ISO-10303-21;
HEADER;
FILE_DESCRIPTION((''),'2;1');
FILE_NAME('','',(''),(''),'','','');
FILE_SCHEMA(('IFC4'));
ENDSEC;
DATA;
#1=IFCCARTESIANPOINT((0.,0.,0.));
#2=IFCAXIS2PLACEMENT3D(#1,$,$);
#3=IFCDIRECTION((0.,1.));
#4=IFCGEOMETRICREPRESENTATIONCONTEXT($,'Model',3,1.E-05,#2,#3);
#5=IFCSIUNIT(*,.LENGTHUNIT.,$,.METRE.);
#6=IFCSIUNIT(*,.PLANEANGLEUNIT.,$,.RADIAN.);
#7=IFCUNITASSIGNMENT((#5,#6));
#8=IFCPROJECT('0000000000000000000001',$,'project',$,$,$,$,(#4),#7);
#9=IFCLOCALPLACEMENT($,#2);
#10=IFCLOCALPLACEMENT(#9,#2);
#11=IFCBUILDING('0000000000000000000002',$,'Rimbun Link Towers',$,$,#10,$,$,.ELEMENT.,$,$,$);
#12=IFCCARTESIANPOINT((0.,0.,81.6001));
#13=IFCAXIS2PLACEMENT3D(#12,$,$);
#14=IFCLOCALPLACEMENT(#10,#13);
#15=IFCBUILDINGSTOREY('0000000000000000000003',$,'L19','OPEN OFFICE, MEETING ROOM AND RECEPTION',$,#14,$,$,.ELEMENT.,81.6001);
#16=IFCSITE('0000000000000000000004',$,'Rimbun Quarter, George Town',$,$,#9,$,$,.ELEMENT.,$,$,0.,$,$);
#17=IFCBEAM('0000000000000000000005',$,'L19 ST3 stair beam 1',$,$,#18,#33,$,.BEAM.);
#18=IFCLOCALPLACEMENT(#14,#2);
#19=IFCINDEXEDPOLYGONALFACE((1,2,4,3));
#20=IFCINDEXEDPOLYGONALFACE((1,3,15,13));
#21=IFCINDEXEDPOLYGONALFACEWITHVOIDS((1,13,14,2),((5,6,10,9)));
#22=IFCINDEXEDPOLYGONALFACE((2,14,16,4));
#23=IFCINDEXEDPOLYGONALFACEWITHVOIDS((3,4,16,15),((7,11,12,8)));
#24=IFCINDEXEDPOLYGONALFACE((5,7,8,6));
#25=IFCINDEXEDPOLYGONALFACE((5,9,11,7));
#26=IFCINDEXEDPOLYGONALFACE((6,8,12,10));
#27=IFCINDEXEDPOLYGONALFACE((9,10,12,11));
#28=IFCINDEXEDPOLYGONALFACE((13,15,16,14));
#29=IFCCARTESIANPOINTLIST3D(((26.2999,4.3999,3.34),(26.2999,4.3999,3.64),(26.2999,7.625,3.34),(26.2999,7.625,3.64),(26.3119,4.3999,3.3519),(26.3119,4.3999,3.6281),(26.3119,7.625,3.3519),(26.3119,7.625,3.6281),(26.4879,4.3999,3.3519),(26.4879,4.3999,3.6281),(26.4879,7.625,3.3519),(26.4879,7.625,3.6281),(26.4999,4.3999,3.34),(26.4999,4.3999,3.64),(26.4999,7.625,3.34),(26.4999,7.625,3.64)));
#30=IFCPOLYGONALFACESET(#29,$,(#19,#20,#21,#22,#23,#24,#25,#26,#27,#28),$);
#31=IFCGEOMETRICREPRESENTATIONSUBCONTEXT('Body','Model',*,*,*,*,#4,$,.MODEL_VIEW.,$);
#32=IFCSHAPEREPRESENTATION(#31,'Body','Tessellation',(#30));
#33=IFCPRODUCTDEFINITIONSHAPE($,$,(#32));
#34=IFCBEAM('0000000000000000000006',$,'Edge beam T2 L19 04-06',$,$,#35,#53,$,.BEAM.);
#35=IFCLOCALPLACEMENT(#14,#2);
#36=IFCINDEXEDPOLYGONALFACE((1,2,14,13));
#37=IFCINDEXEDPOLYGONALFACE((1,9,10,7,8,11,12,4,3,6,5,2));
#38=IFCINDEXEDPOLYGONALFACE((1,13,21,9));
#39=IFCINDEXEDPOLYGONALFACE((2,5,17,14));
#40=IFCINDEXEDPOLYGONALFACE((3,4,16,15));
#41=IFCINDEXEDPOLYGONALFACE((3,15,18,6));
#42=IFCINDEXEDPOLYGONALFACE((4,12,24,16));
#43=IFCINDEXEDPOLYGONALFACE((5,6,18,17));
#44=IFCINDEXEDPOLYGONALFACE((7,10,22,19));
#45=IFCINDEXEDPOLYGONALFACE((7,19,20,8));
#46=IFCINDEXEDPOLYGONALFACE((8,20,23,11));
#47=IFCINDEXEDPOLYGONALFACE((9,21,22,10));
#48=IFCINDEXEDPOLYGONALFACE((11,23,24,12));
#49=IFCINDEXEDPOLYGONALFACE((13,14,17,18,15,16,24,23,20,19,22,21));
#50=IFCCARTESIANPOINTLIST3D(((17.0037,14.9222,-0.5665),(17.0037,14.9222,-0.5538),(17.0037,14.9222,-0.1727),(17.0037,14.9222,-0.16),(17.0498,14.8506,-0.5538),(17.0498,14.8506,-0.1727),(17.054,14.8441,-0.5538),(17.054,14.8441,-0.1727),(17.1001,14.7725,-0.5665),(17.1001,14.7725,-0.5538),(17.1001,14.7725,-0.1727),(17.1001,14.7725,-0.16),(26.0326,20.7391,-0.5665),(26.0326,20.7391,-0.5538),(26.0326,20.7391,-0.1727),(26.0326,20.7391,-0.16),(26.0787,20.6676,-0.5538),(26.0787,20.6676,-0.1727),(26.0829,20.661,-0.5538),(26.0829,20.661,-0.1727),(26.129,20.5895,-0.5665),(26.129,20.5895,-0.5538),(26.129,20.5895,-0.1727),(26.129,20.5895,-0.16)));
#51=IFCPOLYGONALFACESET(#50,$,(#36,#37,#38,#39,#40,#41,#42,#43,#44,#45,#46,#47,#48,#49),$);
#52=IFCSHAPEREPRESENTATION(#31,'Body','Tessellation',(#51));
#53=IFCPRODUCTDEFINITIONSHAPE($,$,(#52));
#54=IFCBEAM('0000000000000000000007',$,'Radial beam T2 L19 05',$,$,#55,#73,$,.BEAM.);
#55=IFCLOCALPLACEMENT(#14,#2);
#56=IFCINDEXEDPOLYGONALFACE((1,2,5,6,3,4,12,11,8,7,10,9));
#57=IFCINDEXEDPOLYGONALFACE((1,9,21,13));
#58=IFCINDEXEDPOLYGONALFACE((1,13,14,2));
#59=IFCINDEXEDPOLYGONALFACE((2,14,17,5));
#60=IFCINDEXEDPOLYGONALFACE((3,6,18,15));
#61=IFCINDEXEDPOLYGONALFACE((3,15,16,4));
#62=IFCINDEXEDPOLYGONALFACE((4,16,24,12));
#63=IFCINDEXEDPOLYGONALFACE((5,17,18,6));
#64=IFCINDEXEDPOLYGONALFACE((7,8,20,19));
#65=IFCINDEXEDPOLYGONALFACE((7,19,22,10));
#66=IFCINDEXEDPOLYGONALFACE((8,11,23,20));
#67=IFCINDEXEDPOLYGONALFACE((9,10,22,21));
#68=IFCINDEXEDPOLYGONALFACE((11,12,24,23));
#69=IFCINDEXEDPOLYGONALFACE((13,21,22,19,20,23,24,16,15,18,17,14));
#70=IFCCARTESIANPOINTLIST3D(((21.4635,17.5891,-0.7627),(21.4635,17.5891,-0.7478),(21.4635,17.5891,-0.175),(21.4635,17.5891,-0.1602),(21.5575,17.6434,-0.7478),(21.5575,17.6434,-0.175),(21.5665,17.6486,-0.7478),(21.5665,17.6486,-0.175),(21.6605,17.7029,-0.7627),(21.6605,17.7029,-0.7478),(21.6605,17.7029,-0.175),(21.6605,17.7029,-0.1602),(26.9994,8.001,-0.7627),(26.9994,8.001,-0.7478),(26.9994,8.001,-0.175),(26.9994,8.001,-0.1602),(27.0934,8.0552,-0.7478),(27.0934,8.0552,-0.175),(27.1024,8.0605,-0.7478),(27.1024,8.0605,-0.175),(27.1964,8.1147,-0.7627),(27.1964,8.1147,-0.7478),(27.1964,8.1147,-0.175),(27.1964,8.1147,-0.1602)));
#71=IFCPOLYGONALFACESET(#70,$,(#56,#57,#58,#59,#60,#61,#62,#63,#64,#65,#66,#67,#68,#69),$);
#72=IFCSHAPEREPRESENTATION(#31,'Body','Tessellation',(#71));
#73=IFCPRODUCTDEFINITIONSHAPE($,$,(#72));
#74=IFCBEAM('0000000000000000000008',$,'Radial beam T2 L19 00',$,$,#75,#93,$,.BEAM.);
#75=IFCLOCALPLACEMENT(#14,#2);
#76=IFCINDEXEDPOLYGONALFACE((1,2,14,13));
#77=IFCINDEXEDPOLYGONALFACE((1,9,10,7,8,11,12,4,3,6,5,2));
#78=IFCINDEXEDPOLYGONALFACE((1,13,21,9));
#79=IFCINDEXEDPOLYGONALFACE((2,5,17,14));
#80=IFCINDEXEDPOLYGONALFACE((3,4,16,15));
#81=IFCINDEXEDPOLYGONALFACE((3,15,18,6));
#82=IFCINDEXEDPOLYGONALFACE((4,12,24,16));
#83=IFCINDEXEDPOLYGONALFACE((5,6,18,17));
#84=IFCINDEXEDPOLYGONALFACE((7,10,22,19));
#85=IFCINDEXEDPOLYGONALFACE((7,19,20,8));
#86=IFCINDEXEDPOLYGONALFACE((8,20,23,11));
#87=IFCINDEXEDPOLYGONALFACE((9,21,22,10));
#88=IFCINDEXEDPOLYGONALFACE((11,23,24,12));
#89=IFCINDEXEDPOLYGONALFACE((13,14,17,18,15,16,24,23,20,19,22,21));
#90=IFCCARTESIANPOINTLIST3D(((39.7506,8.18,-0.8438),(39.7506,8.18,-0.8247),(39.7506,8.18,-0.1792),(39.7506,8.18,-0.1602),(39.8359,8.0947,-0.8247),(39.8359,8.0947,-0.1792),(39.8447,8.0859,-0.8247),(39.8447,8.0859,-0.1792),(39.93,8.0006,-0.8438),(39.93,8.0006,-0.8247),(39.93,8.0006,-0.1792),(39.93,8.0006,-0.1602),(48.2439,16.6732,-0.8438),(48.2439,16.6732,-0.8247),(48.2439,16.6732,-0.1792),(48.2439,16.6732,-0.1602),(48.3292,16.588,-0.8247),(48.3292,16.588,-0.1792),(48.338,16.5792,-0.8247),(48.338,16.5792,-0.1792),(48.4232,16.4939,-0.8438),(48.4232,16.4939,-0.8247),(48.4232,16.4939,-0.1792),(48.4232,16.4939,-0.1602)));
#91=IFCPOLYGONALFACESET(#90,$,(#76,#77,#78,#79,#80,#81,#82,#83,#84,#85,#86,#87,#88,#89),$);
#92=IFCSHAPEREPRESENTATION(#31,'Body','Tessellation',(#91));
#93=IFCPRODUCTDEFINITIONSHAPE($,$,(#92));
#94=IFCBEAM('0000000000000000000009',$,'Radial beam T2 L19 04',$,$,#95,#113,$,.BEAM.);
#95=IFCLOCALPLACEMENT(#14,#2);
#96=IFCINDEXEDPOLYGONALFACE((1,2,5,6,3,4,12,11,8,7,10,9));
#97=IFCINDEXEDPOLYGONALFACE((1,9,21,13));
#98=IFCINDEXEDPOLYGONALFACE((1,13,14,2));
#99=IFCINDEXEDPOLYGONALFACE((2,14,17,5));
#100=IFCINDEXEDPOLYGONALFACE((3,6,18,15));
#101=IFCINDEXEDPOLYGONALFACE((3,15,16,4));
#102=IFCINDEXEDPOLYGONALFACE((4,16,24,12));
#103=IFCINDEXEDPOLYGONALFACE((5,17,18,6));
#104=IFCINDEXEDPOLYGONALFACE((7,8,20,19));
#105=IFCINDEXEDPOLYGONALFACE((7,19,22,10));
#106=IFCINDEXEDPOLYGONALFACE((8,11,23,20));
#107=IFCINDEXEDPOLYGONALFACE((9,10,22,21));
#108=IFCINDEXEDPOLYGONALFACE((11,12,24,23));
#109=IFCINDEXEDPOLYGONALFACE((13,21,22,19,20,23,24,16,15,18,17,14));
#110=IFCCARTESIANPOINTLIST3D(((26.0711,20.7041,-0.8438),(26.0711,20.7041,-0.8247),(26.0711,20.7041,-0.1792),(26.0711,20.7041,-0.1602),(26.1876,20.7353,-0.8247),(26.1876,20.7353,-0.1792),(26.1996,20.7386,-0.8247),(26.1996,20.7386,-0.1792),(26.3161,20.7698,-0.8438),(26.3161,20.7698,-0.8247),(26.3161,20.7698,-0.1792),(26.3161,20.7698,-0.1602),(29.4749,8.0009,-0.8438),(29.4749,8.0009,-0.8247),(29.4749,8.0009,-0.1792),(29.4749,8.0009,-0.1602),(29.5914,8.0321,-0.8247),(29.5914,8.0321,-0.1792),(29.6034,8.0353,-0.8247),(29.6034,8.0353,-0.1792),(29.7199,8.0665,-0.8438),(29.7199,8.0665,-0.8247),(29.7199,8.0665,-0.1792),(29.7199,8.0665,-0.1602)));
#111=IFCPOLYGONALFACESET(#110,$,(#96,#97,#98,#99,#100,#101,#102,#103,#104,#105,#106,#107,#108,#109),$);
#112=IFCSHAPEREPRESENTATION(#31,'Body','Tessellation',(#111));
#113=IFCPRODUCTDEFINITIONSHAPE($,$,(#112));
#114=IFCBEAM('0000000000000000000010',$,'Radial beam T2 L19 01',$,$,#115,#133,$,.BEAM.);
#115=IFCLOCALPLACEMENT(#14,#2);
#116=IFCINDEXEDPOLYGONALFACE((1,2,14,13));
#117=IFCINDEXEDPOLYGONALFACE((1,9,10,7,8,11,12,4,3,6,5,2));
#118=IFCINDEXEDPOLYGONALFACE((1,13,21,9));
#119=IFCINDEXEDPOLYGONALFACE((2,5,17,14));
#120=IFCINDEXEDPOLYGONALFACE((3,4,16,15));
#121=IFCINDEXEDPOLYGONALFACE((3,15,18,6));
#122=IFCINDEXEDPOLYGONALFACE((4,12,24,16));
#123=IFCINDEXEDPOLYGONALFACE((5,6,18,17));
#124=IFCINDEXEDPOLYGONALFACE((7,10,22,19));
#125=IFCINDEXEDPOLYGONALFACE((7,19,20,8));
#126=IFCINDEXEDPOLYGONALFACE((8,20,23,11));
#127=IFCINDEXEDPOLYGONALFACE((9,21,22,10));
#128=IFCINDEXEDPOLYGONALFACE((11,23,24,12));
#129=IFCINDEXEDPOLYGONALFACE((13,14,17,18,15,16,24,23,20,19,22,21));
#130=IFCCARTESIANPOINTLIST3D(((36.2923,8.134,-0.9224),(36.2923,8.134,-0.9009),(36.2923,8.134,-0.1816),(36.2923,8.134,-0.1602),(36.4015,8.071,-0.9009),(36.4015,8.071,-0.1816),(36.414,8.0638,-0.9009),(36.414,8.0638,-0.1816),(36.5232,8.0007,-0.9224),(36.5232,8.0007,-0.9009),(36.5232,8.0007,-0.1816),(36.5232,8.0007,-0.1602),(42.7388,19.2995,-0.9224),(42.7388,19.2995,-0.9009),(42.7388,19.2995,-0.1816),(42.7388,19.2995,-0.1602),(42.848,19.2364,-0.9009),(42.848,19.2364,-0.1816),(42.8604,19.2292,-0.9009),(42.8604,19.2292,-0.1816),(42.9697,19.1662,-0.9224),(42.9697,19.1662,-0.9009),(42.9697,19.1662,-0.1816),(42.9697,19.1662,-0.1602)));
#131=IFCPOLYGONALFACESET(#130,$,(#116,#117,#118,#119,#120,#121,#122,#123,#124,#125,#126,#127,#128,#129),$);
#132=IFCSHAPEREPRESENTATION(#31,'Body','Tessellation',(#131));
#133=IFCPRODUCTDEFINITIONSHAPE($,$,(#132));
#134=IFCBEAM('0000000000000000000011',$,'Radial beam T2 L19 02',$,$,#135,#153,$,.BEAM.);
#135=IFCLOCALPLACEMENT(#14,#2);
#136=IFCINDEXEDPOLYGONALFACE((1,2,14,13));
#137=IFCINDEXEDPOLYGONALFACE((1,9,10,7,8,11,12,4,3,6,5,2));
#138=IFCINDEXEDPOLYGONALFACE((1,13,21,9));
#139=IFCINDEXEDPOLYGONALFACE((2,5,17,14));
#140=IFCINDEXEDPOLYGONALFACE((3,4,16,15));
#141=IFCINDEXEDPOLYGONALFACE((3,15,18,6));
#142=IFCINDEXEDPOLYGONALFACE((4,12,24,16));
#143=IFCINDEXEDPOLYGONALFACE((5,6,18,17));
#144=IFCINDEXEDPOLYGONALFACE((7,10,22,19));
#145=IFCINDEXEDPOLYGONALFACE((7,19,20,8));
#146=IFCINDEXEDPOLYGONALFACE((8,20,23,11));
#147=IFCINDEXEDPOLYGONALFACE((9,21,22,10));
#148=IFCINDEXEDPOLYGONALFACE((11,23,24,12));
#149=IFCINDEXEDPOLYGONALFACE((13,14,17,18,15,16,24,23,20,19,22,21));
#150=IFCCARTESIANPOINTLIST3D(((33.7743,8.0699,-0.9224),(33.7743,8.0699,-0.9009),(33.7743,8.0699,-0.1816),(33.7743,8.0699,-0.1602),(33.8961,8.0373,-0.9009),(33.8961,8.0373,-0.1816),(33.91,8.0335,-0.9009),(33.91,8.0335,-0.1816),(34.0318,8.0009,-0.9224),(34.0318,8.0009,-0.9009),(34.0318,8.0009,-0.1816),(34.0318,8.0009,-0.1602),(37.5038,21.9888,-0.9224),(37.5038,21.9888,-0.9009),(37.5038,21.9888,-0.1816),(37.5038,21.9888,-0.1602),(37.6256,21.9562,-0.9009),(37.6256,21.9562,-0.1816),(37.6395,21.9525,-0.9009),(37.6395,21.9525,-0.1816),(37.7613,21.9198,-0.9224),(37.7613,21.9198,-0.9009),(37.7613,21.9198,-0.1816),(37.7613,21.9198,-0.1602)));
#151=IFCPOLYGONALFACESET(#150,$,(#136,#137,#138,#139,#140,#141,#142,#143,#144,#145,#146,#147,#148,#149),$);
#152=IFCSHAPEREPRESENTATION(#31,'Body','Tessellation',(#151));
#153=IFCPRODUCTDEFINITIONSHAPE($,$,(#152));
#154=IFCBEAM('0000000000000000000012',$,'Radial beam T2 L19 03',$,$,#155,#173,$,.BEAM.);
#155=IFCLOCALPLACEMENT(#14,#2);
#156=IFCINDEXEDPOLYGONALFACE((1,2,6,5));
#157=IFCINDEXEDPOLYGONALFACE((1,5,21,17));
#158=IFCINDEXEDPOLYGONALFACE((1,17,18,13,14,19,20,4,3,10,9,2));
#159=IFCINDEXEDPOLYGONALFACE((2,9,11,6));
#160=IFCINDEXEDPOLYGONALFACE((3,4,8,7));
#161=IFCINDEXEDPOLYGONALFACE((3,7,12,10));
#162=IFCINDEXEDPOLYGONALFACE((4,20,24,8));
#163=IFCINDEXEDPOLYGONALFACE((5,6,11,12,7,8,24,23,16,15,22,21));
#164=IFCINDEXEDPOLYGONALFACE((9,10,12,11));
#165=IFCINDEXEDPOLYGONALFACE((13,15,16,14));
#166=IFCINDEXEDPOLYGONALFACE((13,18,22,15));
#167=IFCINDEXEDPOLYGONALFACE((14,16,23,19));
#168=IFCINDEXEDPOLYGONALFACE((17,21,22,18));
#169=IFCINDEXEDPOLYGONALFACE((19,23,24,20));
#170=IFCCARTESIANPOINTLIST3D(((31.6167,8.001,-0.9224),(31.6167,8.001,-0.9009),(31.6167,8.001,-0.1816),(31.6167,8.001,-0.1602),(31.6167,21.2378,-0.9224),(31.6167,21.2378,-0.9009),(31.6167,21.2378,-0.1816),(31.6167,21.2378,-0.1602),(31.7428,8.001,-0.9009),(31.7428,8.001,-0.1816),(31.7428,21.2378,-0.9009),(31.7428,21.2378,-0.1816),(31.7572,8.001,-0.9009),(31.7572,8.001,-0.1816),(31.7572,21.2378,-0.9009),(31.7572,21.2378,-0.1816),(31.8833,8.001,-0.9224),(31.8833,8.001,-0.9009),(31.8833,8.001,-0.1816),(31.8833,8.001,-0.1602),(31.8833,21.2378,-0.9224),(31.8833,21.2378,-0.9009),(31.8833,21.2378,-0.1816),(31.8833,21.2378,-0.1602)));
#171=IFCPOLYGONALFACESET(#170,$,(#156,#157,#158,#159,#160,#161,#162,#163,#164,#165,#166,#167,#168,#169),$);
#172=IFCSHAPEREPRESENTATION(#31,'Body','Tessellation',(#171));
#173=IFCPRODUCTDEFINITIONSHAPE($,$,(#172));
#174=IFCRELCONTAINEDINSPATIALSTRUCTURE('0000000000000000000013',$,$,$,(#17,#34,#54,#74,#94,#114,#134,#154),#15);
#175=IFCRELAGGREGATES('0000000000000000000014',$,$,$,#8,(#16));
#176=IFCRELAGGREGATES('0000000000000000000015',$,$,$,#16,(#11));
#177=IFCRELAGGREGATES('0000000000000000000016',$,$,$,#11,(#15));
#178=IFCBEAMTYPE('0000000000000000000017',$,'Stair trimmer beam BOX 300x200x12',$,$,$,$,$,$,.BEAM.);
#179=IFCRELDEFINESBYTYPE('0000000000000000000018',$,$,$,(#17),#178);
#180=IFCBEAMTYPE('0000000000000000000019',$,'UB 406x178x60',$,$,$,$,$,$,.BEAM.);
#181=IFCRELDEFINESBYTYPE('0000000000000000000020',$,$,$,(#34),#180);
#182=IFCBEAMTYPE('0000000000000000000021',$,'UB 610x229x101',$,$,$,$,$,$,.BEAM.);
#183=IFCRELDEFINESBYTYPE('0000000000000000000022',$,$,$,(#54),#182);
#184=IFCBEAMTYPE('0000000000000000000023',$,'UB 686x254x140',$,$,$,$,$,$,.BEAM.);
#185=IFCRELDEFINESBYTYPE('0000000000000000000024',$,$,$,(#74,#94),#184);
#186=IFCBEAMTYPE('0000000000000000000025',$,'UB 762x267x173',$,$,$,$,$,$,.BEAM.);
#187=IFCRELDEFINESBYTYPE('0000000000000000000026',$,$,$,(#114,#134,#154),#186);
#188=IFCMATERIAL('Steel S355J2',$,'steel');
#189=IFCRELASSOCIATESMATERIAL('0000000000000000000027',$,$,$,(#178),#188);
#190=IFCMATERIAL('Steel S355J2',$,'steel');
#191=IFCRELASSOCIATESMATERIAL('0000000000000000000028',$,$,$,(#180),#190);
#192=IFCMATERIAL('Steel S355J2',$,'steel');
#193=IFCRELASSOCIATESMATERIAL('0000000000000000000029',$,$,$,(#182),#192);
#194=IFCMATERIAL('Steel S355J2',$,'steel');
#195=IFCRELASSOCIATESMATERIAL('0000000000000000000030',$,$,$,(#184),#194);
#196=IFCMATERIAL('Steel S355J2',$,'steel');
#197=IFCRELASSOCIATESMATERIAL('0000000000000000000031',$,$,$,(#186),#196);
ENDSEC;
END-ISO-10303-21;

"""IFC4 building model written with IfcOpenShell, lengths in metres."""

from ifc_helpers import new_model, si_unit, direction, frame, origin, origin_2d, place, context, subcontext, project, spatial, hollow_rectangle, i_section, extrude, material, material_profile, profile_set, type_object, element, save


model = new_model("IFC4")

# Units and contexts
model_context = context("Model", 3, precision=1e-05, world=origin(), true_north=direction((0.0, 1.0)))
body_context = subcontext(model_context, "Body", "Model", "MODEL_VIEW")
ifc_project = project(units=[si_unit("LENGTHUNIT", "METRE"), si_unit("PLANEANGLEUNIT", "RADIAN")], contexts=[model_context])

# Site, building, storey
site_placement = place(None, origin())
site = spatial("IfcSite", under=ifc_project, at=site_placement, Name="Rimbun Quarter, George Town", CompositionType="ELEMENT", RefElevation=0.0)
building_placement = place(site_placement, origin())
building = spatial("IfcBuilding", under=site, at=building_placement, Name="Rimbun Link Towers", CompositionType="ELEMENT")
storey_placement = place(building_placement, frame((0.0, 0.0, 81.6001)))
storey = spatial("IfcBuildingStorey", under=building, at=storey_placement, Name="L19", Description="OPEN OFFICE, MEETING ROOM AND RECEPTION", CompositionType="ELEMENT", Elevation=81.6001)

# Beams
ifc_material_1 = material(Name="Steel S355J2", Category="steel")
ifc_material_profile_1 = material_profile(ifc_material_1, hollow_rectangle(XDim=0.2, YDim=0.3, WallThickness=0.012, at=origin_2d()), Name="BOX 300x200x12")
ifc_profile_set_1 = profile_set([ifc_material_profile_1], Name="Steel S355J2")
beam_type_1 = type_object("IfcBeamType", Name="Stair trimmer beam BOX 300x200x12", PredefinedType="BEAM", material=ifc_profile_set_1)
beam_1_placement = place(storey_placement, frame((26.3999, 7.625, 3.49), z_axis=(0.0, -1.0, 0.0), x_axis=(1.0, 0.0, 0.0)))
element("IfcBeam", 1, at=beam_1_placement, inside=storey, type_object=beam_type_1, Name="L19 ST3 stair beam 1", PredefinedType="BEAM", context=body_context, shape_type="SweptSolid", body=[
    extrude(hollow_rectangle(XDim=0.2, YDim=0.3, WallThickness=0.012, at=origin_2d()), origin(), (0.0, 0.0, 1.0), 3.2251),
])
ifc_material_2 = material(Name="Steel S355J2", Category="steel")
ifc_material_profile_2 = material_profile(ifc_material_2, i_section(OverallWidth=0.178, OverallDepth=0.4065, WebThickness=0.0078, FlangeThickness=0.0127, at=origin_2d()), Name="UB 406x178x60")
ifc_profile_set_2 = profile_set([ifc_material_profile_2], Name="Steel S355J2")
beam_type_2 = type_object("IfcBeamType", Name="UB 406x178x60", PredefinedType="BEAM", material=ifc_profile_set_2)
beam_2_placement = place(storey_placement, frame((26.0808, 20.6643, -0.3633), z_axis=(-0.840642, -0.541591, 0.0), x_axis=(0.541591, -0.840642, 0.0)))
element("IfcBeam", 2, at=beam_2_placement, inside=storey, type_object=beam_type_2, Name="Edge beam T2 L19 04-06", PredefinedType="BEAM", context=body_context, shape_type="SweptSolid", body=[
    extrude(i_section(OverallWidth=0.178, OverallDepth=0.4065, WebThickness=0.0078, FlangeThickness=0.0127, at=origin_2d()), origin(), (0.0, 0.0, 1.0), 10.7405),
])
ifc_material_3 = material(Name="Steel S355J2", Category="steel")
ifc_material_profile_3 = material_profile(ifc_material_3, i_section(OverallWidth=0.2275, OverallDepth=0.6025, WebThickness=0.0105, FlangeThickness=0.0149, at=origin_2d()), Name="UB 610x229x101")
ifc_profile_set_3 = profile_set([ifc_material_profile_3], Name="Steel S355J2")
beam_type_3 = type_object("IfcBeamType", Name="UB 610x229x101", PredefinedType="BEAM", material=ifc_profile_set_3)
beam_3_placement = place(storey_placement, frame((27.0979, 8.0579, -0.4614), z_axis=(-0.500012, 0.866019, 0.0), x_axis=(-0.866019, -0.500012, 0.0)))
element("IfcBeam", 3, at=beam_3_placement, inside=storey, type_object=beam_type_3, Name="Radial beam T2 L19 05", PredefinedType="BEAM", context=body_context, shape_type="SweptSolid", body=[
    extrude(i_section(OverallWidth=0.2275, OverallDepth=0.6025, WebThickness=0.0105, FlangeThickness=0.0149, at=origin_2d()), origin(), (0.0, 0.0, 1.0), 11.0715),
])
ifc_material_4 = material(Name="Steel S355J2", Category="steel")
ifc_material_profile_4 = material_profile(ifc_material_4, i_section(OverallWidth=0.2537, OverallDepth=0.6836, WebThickness=0.0125, FlangeThickness=0.019, at=origin_2d()), Name="UB 686x254x140")
ifc_profile_set_4 = profile_set([ifc_material_profile_4], Name="Steel S355J2")
beam_type_4 = type_object("IfcBeamType", Name="UB 686x254x140", PredefinedType="BEAM", material=ifc_profile_set_4)
beam_4_placement = place(storey_placement, frame((39.8403, 8.0903, -0.502), z_axis=(0.707107, 0.707107, 0.0), x_axis=(-0.707107, 0.707107, 0.0)))
element("IfcBeam", 4, at=beam_4_placement, inside=storey, type_object=beam_type_4, Name="Radial beam T2 L19 00", PredefinedType="BEAM", context=body_context, shape_type="SweptSolid", body=[
    extrude(i_section(OverallWidth=0.2537, OverallDepth=0.6836, WebThickness=0.0125, FlangeThickness=0.019, at=origin_2d()), origin(), (0.0, 0.0, 1.0), 12.0112),
])
beam_5_placement = place(storey_placement, frame((29.5974, 8.0337, -0.502), z_axis=(-0.258816, 0.965927, 0.0), x_axis=(-0.965927, -0.258816, 0.0)))
element("IfcBeam", 5, at=beam_5_placement, inside=storey, type_object=beam_type_4, Name="Radial beam T2 L19 04", PredefinedType="BEAM", context=body_context, shape_type="SweptSolid", body=[
    extrude(i_section(OverallWidth=0.2537, OverallDepth=0.6836, WebThickness=0.0125, FlangeThickness=0.019, at=origin_2d()), origin(), (0.0, 0.0, 1.0), 13.1514),
])
ifc_material_5 = material(Name="Steel S355J2", Category="steel")
ifc_material_profile_5 = material_profile(ifc_material_5, i_section(OverallWidth=0.2666, OverallDepth=0.7622, WebThickness=0.0144, FlangeThickness=0.0215, at=origin_2d()), Name="UB 762x267x173")
ifc_profile_set_5 = profile_set([ifc_material_profile_5], Name="Steel S355J2")
beam_type_5 = type_object("IfcBeamType", Name="UB 762x267x173", PredefinedType="BEAM", material=ifc_profile_set_5)
beam_6_placement = place(storey_placement, frame((36.4077, 8.0674, -0.5413), z_axis=(0.500007, 0.866022, 0.0), x_axis=(-0.866022, 0.500007, 0.0)))
element("IfcBeam", 6, at=beam_6_placement, inside=storey, type_object=beam_type_5, Name="Radial beam T2 L19 01", PredefinedType="BEAM", context=body_context, shape_type="SweptSolid", body=[
    extrude(i_section(OverallWidth=0.2666, OverallDepth=0.7622, WebThickness=0.0144, FlangeThickness=0.0215, at=origin_2d()), origin(), (0.0, 0.0, 1.0), 12.8928),
])
beam_7_placement = place(storey_placement, frame((33.9031, 8.0354, -0.5413), z_axis=(0.258814, 0.965927, 0.0), x_axis=(-0.965927, 0.258814, 0.0)))
element("IfcBeam", 7, at=beam_7_placement, inside=storey, type_object=beam_type_5, Name="Radial beam T2 L19 02", PredefinedType="BEAM", context=body_context, shape_type="SweptSolid", body=[
    extrude(i_section(OverallWidth=0.2666, OverallDepth=0.7622, WebThickness=0.0144, FlangeThickness=0.0215, at=origin_2d()), origin(), (0.0, 0.0, 1.0), 14.4099),
])
beam_8_placement = place(storey_placement, frame((31.75, 8.001, -0.5413), z_axis=(0.0, 1.0, 0.0), x_axis=(-1.0, 0.0, 0.0)))
element("IfcBeam", 8, at=beam_8_placement, inside=storey, type_object=beam_type_5, Name="Radial beam T2 L19 03", PredefinedType="BEAM", context=body_context, shape_type="SweptSolid", body=[
    extrude(i_section(OverallWidth=0.2666, OverallDepth=0.7622, WebThickness=0.0144, FlangeThickness=0.0215, at=origin_2d()), origin(), (0.0, 0.0, 1.0), 13.2368),
])

save(model, "model.ifc")
